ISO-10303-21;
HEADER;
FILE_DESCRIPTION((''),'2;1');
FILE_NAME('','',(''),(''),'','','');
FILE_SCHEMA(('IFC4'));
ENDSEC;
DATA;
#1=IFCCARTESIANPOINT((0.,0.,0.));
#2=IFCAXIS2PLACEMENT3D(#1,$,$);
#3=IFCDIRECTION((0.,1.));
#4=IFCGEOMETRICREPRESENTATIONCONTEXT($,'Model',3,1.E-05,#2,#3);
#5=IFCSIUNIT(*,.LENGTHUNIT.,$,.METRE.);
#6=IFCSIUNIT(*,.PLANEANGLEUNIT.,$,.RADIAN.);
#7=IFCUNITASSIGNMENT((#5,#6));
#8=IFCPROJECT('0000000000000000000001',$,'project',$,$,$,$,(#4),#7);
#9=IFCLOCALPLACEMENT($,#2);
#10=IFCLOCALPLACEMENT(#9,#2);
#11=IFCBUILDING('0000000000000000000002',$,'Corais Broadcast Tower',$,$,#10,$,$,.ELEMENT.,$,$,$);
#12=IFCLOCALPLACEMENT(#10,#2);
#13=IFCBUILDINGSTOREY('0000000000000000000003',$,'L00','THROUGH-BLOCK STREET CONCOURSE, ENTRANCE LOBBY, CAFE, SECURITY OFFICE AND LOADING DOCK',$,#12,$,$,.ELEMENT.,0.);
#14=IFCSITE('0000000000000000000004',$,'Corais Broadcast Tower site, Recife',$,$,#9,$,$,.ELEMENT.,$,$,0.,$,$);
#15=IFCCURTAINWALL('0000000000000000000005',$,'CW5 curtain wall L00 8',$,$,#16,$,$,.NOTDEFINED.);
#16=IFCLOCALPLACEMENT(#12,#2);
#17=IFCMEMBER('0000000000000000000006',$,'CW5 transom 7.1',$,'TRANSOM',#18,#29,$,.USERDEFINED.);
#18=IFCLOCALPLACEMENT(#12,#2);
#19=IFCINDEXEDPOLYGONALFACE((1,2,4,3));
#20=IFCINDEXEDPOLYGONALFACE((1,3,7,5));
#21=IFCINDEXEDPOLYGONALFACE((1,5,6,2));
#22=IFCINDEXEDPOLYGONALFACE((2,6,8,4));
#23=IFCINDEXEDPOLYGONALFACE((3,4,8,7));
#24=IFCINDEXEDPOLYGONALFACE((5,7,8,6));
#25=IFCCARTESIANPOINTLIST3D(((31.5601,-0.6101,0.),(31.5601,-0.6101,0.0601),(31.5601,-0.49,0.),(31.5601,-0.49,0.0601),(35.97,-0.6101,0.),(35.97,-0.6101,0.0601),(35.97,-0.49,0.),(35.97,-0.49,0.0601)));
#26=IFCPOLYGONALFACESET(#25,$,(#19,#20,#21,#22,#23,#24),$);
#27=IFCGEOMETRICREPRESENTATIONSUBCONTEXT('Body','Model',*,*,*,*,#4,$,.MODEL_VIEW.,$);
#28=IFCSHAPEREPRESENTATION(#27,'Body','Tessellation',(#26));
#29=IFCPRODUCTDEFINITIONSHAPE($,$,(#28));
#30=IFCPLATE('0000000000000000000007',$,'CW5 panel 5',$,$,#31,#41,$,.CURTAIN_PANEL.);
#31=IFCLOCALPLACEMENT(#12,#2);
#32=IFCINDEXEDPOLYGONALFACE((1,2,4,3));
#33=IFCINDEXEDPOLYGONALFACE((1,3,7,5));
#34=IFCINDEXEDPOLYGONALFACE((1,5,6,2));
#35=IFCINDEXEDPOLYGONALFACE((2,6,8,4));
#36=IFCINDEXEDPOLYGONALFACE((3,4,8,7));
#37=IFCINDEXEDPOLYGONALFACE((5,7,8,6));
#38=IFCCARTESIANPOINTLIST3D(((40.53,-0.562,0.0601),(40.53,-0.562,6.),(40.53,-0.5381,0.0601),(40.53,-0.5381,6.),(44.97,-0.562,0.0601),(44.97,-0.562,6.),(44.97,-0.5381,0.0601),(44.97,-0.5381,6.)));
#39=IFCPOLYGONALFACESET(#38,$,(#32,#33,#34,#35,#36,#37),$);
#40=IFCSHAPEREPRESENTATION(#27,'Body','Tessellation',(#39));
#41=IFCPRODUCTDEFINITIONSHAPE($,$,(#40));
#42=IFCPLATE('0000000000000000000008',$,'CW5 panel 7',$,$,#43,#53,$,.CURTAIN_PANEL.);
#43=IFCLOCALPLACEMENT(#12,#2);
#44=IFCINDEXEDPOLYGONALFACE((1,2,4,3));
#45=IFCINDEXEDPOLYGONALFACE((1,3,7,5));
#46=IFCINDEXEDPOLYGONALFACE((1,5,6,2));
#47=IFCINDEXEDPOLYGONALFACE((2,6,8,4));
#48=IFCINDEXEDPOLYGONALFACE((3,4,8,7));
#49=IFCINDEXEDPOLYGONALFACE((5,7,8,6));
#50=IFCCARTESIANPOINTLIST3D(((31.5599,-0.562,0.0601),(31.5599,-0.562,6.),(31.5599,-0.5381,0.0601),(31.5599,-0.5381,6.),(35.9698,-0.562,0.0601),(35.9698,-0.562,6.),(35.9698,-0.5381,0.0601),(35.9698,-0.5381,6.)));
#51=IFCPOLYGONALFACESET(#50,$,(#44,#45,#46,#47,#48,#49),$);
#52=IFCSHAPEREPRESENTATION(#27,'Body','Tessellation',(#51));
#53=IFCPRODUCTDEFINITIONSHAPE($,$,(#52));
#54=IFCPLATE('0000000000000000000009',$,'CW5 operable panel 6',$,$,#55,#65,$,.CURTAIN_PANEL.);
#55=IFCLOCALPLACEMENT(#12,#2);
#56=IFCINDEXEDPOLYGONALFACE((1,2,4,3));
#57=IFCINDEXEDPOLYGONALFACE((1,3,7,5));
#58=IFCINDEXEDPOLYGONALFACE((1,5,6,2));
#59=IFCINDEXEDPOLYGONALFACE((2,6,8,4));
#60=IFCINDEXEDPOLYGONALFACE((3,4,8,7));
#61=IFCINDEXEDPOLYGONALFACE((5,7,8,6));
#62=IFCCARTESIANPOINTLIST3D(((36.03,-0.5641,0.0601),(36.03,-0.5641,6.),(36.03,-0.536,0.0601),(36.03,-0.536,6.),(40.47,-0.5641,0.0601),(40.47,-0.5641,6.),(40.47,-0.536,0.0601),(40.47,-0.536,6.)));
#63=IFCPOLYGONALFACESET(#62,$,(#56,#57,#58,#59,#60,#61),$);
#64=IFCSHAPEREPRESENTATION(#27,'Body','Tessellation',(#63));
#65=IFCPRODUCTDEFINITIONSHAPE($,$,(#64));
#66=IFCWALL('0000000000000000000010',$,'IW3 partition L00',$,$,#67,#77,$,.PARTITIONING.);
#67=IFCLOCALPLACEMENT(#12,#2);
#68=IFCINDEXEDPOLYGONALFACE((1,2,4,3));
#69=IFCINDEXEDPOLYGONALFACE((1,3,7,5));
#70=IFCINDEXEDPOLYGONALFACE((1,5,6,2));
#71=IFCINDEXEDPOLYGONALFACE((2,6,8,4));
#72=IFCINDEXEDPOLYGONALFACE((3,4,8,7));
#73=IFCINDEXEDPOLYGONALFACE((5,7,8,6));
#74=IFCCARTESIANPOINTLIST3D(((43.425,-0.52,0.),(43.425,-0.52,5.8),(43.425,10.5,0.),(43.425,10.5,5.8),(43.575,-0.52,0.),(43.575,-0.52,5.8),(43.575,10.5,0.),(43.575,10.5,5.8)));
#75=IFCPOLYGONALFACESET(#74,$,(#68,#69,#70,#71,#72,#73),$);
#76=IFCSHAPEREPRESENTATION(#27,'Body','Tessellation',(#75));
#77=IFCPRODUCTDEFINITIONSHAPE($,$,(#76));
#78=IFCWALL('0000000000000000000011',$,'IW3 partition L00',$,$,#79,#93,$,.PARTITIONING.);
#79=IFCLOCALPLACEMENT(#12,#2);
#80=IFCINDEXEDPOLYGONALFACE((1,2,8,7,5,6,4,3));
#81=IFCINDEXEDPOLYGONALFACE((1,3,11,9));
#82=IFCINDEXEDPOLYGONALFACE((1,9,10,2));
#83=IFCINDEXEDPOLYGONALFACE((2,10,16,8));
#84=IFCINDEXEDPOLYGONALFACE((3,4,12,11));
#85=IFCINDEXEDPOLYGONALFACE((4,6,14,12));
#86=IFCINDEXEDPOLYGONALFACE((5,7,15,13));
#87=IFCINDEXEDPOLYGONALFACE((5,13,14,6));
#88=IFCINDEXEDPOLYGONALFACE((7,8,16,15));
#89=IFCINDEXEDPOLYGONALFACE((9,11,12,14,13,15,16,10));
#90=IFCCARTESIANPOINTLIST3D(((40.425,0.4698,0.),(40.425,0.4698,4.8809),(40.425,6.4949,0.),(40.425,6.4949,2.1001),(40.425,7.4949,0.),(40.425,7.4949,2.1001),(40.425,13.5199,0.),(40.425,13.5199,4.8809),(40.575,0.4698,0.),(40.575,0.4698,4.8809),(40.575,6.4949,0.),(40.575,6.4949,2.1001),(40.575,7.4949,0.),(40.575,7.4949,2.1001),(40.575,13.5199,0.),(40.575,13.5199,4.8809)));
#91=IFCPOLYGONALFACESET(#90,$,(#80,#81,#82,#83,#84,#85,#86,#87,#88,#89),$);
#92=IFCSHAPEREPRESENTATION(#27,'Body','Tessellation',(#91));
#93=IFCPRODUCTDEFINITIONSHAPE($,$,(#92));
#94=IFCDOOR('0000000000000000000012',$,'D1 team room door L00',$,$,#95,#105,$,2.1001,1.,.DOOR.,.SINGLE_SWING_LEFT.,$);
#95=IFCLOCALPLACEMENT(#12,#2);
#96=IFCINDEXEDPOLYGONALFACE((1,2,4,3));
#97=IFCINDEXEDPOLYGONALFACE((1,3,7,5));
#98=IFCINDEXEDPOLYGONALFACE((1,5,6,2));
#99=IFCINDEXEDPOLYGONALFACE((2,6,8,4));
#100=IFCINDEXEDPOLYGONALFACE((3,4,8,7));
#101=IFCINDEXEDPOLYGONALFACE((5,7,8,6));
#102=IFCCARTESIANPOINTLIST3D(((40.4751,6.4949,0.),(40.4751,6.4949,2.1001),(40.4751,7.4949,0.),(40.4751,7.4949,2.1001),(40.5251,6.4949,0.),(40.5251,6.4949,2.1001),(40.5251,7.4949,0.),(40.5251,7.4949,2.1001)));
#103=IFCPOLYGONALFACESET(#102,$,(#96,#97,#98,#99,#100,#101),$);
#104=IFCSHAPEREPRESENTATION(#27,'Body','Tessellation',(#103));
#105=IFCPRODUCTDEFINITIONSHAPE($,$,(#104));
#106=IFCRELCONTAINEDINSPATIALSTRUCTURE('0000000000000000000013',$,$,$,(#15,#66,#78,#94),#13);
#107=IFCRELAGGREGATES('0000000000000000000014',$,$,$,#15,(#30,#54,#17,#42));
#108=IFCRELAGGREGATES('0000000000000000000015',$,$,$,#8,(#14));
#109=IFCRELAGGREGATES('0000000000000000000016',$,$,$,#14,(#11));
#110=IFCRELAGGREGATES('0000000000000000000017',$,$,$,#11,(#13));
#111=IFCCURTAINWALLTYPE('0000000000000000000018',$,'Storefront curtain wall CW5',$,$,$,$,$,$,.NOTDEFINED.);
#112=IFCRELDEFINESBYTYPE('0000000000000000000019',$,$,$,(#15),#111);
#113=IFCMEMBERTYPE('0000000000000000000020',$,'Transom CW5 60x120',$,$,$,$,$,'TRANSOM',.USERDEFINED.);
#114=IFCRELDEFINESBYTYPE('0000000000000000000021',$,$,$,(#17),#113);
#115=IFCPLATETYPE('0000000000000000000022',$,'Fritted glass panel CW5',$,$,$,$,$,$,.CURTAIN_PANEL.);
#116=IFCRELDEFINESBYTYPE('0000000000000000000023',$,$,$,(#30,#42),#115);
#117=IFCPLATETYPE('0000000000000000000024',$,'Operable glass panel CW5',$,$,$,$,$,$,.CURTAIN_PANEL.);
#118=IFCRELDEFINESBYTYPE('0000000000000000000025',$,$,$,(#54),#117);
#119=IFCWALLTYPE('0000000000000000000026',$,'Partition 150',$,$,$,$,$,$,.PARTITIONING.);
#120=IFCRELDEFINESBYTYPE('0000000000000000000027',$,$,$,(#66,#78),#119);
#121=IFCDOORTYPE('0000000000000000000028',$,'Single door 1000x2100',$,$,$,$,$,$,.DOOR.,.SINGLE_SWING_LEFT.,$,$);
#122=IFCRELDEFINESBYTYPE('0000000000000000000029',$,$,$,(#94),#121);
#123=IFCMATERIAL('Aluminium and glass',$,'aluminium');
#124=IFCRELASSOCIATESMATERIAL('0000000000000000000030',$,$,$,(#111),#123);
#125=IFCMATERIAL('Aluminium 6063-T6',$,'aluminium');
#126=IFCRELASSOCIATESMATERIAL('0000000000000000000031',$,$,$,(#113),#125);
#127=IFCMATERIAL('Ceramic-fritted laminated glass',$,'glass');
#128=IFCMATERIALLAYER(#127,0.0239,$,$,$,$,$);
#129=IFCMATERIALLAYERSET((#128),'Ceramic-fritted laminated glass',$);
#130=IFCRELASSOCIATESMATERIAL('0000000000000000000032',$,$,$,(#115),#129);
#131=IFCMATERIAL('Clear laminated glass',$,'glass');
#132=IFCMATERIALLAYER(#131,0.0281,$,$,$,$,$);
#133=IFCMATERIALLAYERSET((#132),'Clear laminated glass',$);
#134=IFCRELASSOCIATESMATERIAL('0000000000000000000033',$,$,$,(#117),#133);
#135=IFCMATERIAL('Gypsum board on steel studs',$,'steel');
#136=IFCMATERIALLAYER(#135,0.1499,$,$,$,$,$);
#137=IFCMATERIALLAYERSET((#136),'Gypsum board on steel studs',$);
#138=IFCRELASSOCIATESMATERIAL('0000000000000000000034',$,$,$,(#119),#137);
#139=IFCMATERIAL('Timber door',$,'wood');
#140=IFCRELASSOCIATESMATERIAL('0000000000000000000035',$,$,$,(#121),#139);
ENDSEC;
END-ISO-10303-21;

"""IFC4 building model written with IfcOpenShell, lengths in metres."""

from ifc_helpers import new_model, si_unit, direction, frame, frame_2d, origin, origin_2d, place, context, subcontext, project, spatial, rectangle, extrude, material, layer, layer_set, material_profile, profile_set, type_object, element, fill, aggregate, save


model = new_model("IFC4")

# Units and contexts
model_context = context("Model", 3, precision=1e-05, world=origin(), true_north=direction((0.0, 1.0)))
body_context = subcontext(model_context, "Body", "Model", "MODEL_VIEW")
ifc_project = project(units=[si_unit("LENGTHUNIT", "METRE"), si_unit("PLANEANGLEUNIT", "RADIAN")], contexts=[model_context])

# Site, building, storey
site_placement = place(None, origin())
site = spatial("IfcSite", under=ifc_project, at=site_placement, Name="Corais Broadcast Tower site, Recife", CompositionType="ELEMENT", RefElevation=0.0)
building_placement = place(site_placement, origin())
building = spatial("IfcBuilding", under=site, at=building_placement, Name="Corais Broadcast Tower", CompositionType="ELEMENT")
storey_placement = place(building_placement, origin())
storey = spatial("IfcBuildingStorey", under=building, at=storey_placement, Name="L00", Description="THROUGH-BLOCK STREET CONCOURSE, ENTRANCE LOBBY, CAFE, SECURITY OFFICE AND LOADING DOCK", CompositionType="ELEMENT", Elevation=0.0)

# Curtain wall, member, plates
ifc_material_1 = material(Name="Aluminium and glass", Category="aluminium")
curtain_wall_type = type_object("IfcCurtainWallType", Name="Storefront curtain wall CW5", PredefinedType="NOTDEFINED", material=ifc_material_1)
curtain_wall_placement = place(storey_placement, origin())
curtain_wall = element("IfcCurtainWall", 1, at=curtain_wall_placement, inside=storey, type_object=curtain_wall_type, Name="CW5 curtain wall L00 8", PredefinedType="NOTDEFINED")
ifc_material_2 = material(Name="Aluminium 6063-T6", Category="aluminium")
ifc_material_profile_1 = material_profile(ifc_material_2, rectangle(XDim=0.1201, YDim=0.0601, at=origin_2d()), Name="Transom CW5 60x120")
ifc_profile_set_1 = profile_set([ifc_material_profile_1], Name="Aluminium 6063-T6")
member_type_1 = type_object("IfcMemberType", Name="Transom CW5 60x120", ElementType="TRANSOM", PredefinedType="USERDEFINED", material=ifc_profile_set_1)
member_1_placement = place(storey_placement, frame((35.97, -0.55, 0.03), z_axis=(-1.0, 0.0, 0.0), x_axis=(0.0, -1.0, 0.0)))
member_1 = element("IfcMember", 2, at=member_1_placement, type_object=member_type_1, Name="CW5 transom 7.1", ObjectType="TRANSOM", PredefinedType="USERDEFINED", context=body_context, shape_type="SweptSolid", body=[
    extrude(rectangle(XDim=0.1201, YDim=0.0601, at=origin_2d()), origin(), (0.0, 0.0, 1.0), 4.4099),
])
ifc_material_3 = material(Name="Ceramic-fritted laminated glass", Category="glass")
ifc_layer_1 = layer(ifc_material_3, 0.0239)
ifc_layer_set_1 = layer_set([ifc_layer_1], Name="Ceramic-fritted laminated glass")
plate_type_1 = type_object("IfcPlateType", Name="Fritted glass panel CW5", PredefinedType="CURTAIN_PANEL", material=ifc_layer_set_1)
plate_1_placement = place(storey_placement, frame((42.75, -0.55, 0.0601), z_axis=(0.0, 0.0, 1.0), x_axis=(-1.0, 0.0, 0.0)))
plate_1 = element("IfcPlate", 3, at=plate_1_placement, type_object=plate_type_1, Name="CW5 panel 5", PredefinedType="CURTAIN_PANEL", context=body_context, shape_type="SweptSolid", body=[
    extrude(rectangle(XDim=4.4399, YDim=0.0239, at=origin_2d()), origin(), (0.0, 0.0, 1.0), 5.9399),
])
plate_2_placement = place(storey_placement, frame((33.7649, -0.55, 0.0601), z_axis=(0.0, 0.0, 1.0), x_axis=(-1.0, 0.0, 0.0)))
plate_2 = element("IfcPlate", 4, at=plate_2_placement, type_object=plate_type_1, Name="CW5 panel 7", PredefinedType="CURTAIN_PANEL", context=body_context, shape_type="SweptSolid", body=[
    extrude(rectangle(XDim=4.4099, YDim=0.0239, at=origin_2d()), origin(), (0.0, 0.0, 1.0), 5.9399),
])
ifc_material_4 = material(Name="Clear laminated glass", Category="glass")
ifc_layer_2 = layer(ifc_material_4, 0.0281)
ifc_layer_set_2 = layer_set([ifc_layer_2], Name="Clear laminated glass")
plate_type_2 = type_object("IfcPlateType", Name="Operable glass panel CW5", PredefinedType="CURTAIN_PANEL", material=ifc_layer_set_2)
plate_3_placement = place(storey_placement, frame((38.25, -0.55, 0.0601), z_axis=(0.0, 0.0, 1.0), x_axis=(-1.0, 0.0, 0.0)))
plate_3 = element("IfcPlate", 5, at=plate_3_placement, type_object=plate_type_2, Name="CW5 operable panel 6", PredefinedType="CURTAIN_PANEL", context=body_context, shape_type="SweptSolid", body=[
    extrude(rectangle(XDim=4.4399, YDim=0.0281, at=origin_2d()), origin(), (0.0, 0.0, 1.0), 5.9399),
])
aggregate(curtain_wall, [plate_1, plate_3, member_1, plate_2])

# Wall
ifc_material_5 = material(Name="Gypsum board on steel studs", Category="steel")
ifc_layer_3 = layer(ifc_material_5, 0.1499)
ifc_layer_set_3 = layer_set([ifc_layer_3], Name="Gypsum board on steel studs")
wall_type = type_object("IfcWallType", Name="Partition 150", PredefinedType="PARTITIONING", material=ifc_layer_set_3)
wall_1_placement = place(storey_placement, frame((43.5, 10.5, 0.0), z_axis=(0.0, 0.0, 1.0), x_axis=(0.0, -1.0, 0.0)))
element("IfcWall", 6, at=wall_1_placement, inside=storey, type_object=wall_type, Name="IW3 partition L00", PredefinedType="PARTITIONING", context=body_context, shape_type="SweptSolid", body=[
    extrude(rectangle(XDim=11.02, YDim=0.1499, at=frame_2d((5.51, 0.0))), origin(), (0.0, 0.0, 1.0), 5.8),
])

# Wall, opening, door
wall_2_placement = place(storey_placement, frame((40.5, 0.47, 0.0), z_axis=(0.0, 0.0, 1.0), x_axis=(0.0, 1.0, 0.0)))
wall_2 = element("IfcWall", 7, at=wall_2_placement, inside=storey, type_object=wall_type, Name="IW3 partition L00", PredefinedType="PARTITIONING", context=body_context, shape_type="SweptSolid", body=[
    extrude(rectangle(XDim=13.05, YDim=0.1499, at=frame_2d((6.5249, 0.0))), origin(), (0.0, 0.0, 1.0), 4.8809),
])
opening_placement = place(wall_2_placement, frame((6.0249, 0.0, 0.0)))
opening = element("IfcOpeningElement", 8, at=opening_placement, cuts=wall_2, PredefinedType="OPENING", context=body_context, shape_type="SweptSolid", body=[
    extrude(rectangle(XDim=1.0, YDim=2.1001, at=frame_2d((0.5, 1.05))), frame((0.0, 0.085, 0.0), z_axis=(0.0, -1.0, 0.0), x_axis=(1.0, 0.0, 0.0)), (0.0, 0.0, 1.0), 0.1699),
])
ifc_material_6 = material(Name="Timber door", Category="wood")
door_type = type_object("IfcDoorType", Name="Single door 1000x2100", OperationType="SINGLE_SWING_LEFT", PredefinedType="DOOR", material=ifc_material_6)
door_placement = place(opening_placement, origin())
door = element("IfcDoor", 9, at=door_placement, inside=storey, type_object=door_type, Name="D1 team room door L00", OperationType="SINGLE_SWING_LEFT", OverallHeight=2.1001, OverallWidth=1.0, PredefinedType="DOOR", context=body_context, shape_type="SweptSolid", body=[
    extrude(rectangle(XDim=1.0, YDim=2.1001, at=frame_2d((0.5, 1.05))), frame((0.0, 0.0249, 0.0), z_axis=(0.0, -1.0, 0.0), x_axis=(1.0, 0.0, 0.0)), (0.0, 0.0, 1.0), 0.05),
])
fill(opening, door)

save(model, "model.ifc")
